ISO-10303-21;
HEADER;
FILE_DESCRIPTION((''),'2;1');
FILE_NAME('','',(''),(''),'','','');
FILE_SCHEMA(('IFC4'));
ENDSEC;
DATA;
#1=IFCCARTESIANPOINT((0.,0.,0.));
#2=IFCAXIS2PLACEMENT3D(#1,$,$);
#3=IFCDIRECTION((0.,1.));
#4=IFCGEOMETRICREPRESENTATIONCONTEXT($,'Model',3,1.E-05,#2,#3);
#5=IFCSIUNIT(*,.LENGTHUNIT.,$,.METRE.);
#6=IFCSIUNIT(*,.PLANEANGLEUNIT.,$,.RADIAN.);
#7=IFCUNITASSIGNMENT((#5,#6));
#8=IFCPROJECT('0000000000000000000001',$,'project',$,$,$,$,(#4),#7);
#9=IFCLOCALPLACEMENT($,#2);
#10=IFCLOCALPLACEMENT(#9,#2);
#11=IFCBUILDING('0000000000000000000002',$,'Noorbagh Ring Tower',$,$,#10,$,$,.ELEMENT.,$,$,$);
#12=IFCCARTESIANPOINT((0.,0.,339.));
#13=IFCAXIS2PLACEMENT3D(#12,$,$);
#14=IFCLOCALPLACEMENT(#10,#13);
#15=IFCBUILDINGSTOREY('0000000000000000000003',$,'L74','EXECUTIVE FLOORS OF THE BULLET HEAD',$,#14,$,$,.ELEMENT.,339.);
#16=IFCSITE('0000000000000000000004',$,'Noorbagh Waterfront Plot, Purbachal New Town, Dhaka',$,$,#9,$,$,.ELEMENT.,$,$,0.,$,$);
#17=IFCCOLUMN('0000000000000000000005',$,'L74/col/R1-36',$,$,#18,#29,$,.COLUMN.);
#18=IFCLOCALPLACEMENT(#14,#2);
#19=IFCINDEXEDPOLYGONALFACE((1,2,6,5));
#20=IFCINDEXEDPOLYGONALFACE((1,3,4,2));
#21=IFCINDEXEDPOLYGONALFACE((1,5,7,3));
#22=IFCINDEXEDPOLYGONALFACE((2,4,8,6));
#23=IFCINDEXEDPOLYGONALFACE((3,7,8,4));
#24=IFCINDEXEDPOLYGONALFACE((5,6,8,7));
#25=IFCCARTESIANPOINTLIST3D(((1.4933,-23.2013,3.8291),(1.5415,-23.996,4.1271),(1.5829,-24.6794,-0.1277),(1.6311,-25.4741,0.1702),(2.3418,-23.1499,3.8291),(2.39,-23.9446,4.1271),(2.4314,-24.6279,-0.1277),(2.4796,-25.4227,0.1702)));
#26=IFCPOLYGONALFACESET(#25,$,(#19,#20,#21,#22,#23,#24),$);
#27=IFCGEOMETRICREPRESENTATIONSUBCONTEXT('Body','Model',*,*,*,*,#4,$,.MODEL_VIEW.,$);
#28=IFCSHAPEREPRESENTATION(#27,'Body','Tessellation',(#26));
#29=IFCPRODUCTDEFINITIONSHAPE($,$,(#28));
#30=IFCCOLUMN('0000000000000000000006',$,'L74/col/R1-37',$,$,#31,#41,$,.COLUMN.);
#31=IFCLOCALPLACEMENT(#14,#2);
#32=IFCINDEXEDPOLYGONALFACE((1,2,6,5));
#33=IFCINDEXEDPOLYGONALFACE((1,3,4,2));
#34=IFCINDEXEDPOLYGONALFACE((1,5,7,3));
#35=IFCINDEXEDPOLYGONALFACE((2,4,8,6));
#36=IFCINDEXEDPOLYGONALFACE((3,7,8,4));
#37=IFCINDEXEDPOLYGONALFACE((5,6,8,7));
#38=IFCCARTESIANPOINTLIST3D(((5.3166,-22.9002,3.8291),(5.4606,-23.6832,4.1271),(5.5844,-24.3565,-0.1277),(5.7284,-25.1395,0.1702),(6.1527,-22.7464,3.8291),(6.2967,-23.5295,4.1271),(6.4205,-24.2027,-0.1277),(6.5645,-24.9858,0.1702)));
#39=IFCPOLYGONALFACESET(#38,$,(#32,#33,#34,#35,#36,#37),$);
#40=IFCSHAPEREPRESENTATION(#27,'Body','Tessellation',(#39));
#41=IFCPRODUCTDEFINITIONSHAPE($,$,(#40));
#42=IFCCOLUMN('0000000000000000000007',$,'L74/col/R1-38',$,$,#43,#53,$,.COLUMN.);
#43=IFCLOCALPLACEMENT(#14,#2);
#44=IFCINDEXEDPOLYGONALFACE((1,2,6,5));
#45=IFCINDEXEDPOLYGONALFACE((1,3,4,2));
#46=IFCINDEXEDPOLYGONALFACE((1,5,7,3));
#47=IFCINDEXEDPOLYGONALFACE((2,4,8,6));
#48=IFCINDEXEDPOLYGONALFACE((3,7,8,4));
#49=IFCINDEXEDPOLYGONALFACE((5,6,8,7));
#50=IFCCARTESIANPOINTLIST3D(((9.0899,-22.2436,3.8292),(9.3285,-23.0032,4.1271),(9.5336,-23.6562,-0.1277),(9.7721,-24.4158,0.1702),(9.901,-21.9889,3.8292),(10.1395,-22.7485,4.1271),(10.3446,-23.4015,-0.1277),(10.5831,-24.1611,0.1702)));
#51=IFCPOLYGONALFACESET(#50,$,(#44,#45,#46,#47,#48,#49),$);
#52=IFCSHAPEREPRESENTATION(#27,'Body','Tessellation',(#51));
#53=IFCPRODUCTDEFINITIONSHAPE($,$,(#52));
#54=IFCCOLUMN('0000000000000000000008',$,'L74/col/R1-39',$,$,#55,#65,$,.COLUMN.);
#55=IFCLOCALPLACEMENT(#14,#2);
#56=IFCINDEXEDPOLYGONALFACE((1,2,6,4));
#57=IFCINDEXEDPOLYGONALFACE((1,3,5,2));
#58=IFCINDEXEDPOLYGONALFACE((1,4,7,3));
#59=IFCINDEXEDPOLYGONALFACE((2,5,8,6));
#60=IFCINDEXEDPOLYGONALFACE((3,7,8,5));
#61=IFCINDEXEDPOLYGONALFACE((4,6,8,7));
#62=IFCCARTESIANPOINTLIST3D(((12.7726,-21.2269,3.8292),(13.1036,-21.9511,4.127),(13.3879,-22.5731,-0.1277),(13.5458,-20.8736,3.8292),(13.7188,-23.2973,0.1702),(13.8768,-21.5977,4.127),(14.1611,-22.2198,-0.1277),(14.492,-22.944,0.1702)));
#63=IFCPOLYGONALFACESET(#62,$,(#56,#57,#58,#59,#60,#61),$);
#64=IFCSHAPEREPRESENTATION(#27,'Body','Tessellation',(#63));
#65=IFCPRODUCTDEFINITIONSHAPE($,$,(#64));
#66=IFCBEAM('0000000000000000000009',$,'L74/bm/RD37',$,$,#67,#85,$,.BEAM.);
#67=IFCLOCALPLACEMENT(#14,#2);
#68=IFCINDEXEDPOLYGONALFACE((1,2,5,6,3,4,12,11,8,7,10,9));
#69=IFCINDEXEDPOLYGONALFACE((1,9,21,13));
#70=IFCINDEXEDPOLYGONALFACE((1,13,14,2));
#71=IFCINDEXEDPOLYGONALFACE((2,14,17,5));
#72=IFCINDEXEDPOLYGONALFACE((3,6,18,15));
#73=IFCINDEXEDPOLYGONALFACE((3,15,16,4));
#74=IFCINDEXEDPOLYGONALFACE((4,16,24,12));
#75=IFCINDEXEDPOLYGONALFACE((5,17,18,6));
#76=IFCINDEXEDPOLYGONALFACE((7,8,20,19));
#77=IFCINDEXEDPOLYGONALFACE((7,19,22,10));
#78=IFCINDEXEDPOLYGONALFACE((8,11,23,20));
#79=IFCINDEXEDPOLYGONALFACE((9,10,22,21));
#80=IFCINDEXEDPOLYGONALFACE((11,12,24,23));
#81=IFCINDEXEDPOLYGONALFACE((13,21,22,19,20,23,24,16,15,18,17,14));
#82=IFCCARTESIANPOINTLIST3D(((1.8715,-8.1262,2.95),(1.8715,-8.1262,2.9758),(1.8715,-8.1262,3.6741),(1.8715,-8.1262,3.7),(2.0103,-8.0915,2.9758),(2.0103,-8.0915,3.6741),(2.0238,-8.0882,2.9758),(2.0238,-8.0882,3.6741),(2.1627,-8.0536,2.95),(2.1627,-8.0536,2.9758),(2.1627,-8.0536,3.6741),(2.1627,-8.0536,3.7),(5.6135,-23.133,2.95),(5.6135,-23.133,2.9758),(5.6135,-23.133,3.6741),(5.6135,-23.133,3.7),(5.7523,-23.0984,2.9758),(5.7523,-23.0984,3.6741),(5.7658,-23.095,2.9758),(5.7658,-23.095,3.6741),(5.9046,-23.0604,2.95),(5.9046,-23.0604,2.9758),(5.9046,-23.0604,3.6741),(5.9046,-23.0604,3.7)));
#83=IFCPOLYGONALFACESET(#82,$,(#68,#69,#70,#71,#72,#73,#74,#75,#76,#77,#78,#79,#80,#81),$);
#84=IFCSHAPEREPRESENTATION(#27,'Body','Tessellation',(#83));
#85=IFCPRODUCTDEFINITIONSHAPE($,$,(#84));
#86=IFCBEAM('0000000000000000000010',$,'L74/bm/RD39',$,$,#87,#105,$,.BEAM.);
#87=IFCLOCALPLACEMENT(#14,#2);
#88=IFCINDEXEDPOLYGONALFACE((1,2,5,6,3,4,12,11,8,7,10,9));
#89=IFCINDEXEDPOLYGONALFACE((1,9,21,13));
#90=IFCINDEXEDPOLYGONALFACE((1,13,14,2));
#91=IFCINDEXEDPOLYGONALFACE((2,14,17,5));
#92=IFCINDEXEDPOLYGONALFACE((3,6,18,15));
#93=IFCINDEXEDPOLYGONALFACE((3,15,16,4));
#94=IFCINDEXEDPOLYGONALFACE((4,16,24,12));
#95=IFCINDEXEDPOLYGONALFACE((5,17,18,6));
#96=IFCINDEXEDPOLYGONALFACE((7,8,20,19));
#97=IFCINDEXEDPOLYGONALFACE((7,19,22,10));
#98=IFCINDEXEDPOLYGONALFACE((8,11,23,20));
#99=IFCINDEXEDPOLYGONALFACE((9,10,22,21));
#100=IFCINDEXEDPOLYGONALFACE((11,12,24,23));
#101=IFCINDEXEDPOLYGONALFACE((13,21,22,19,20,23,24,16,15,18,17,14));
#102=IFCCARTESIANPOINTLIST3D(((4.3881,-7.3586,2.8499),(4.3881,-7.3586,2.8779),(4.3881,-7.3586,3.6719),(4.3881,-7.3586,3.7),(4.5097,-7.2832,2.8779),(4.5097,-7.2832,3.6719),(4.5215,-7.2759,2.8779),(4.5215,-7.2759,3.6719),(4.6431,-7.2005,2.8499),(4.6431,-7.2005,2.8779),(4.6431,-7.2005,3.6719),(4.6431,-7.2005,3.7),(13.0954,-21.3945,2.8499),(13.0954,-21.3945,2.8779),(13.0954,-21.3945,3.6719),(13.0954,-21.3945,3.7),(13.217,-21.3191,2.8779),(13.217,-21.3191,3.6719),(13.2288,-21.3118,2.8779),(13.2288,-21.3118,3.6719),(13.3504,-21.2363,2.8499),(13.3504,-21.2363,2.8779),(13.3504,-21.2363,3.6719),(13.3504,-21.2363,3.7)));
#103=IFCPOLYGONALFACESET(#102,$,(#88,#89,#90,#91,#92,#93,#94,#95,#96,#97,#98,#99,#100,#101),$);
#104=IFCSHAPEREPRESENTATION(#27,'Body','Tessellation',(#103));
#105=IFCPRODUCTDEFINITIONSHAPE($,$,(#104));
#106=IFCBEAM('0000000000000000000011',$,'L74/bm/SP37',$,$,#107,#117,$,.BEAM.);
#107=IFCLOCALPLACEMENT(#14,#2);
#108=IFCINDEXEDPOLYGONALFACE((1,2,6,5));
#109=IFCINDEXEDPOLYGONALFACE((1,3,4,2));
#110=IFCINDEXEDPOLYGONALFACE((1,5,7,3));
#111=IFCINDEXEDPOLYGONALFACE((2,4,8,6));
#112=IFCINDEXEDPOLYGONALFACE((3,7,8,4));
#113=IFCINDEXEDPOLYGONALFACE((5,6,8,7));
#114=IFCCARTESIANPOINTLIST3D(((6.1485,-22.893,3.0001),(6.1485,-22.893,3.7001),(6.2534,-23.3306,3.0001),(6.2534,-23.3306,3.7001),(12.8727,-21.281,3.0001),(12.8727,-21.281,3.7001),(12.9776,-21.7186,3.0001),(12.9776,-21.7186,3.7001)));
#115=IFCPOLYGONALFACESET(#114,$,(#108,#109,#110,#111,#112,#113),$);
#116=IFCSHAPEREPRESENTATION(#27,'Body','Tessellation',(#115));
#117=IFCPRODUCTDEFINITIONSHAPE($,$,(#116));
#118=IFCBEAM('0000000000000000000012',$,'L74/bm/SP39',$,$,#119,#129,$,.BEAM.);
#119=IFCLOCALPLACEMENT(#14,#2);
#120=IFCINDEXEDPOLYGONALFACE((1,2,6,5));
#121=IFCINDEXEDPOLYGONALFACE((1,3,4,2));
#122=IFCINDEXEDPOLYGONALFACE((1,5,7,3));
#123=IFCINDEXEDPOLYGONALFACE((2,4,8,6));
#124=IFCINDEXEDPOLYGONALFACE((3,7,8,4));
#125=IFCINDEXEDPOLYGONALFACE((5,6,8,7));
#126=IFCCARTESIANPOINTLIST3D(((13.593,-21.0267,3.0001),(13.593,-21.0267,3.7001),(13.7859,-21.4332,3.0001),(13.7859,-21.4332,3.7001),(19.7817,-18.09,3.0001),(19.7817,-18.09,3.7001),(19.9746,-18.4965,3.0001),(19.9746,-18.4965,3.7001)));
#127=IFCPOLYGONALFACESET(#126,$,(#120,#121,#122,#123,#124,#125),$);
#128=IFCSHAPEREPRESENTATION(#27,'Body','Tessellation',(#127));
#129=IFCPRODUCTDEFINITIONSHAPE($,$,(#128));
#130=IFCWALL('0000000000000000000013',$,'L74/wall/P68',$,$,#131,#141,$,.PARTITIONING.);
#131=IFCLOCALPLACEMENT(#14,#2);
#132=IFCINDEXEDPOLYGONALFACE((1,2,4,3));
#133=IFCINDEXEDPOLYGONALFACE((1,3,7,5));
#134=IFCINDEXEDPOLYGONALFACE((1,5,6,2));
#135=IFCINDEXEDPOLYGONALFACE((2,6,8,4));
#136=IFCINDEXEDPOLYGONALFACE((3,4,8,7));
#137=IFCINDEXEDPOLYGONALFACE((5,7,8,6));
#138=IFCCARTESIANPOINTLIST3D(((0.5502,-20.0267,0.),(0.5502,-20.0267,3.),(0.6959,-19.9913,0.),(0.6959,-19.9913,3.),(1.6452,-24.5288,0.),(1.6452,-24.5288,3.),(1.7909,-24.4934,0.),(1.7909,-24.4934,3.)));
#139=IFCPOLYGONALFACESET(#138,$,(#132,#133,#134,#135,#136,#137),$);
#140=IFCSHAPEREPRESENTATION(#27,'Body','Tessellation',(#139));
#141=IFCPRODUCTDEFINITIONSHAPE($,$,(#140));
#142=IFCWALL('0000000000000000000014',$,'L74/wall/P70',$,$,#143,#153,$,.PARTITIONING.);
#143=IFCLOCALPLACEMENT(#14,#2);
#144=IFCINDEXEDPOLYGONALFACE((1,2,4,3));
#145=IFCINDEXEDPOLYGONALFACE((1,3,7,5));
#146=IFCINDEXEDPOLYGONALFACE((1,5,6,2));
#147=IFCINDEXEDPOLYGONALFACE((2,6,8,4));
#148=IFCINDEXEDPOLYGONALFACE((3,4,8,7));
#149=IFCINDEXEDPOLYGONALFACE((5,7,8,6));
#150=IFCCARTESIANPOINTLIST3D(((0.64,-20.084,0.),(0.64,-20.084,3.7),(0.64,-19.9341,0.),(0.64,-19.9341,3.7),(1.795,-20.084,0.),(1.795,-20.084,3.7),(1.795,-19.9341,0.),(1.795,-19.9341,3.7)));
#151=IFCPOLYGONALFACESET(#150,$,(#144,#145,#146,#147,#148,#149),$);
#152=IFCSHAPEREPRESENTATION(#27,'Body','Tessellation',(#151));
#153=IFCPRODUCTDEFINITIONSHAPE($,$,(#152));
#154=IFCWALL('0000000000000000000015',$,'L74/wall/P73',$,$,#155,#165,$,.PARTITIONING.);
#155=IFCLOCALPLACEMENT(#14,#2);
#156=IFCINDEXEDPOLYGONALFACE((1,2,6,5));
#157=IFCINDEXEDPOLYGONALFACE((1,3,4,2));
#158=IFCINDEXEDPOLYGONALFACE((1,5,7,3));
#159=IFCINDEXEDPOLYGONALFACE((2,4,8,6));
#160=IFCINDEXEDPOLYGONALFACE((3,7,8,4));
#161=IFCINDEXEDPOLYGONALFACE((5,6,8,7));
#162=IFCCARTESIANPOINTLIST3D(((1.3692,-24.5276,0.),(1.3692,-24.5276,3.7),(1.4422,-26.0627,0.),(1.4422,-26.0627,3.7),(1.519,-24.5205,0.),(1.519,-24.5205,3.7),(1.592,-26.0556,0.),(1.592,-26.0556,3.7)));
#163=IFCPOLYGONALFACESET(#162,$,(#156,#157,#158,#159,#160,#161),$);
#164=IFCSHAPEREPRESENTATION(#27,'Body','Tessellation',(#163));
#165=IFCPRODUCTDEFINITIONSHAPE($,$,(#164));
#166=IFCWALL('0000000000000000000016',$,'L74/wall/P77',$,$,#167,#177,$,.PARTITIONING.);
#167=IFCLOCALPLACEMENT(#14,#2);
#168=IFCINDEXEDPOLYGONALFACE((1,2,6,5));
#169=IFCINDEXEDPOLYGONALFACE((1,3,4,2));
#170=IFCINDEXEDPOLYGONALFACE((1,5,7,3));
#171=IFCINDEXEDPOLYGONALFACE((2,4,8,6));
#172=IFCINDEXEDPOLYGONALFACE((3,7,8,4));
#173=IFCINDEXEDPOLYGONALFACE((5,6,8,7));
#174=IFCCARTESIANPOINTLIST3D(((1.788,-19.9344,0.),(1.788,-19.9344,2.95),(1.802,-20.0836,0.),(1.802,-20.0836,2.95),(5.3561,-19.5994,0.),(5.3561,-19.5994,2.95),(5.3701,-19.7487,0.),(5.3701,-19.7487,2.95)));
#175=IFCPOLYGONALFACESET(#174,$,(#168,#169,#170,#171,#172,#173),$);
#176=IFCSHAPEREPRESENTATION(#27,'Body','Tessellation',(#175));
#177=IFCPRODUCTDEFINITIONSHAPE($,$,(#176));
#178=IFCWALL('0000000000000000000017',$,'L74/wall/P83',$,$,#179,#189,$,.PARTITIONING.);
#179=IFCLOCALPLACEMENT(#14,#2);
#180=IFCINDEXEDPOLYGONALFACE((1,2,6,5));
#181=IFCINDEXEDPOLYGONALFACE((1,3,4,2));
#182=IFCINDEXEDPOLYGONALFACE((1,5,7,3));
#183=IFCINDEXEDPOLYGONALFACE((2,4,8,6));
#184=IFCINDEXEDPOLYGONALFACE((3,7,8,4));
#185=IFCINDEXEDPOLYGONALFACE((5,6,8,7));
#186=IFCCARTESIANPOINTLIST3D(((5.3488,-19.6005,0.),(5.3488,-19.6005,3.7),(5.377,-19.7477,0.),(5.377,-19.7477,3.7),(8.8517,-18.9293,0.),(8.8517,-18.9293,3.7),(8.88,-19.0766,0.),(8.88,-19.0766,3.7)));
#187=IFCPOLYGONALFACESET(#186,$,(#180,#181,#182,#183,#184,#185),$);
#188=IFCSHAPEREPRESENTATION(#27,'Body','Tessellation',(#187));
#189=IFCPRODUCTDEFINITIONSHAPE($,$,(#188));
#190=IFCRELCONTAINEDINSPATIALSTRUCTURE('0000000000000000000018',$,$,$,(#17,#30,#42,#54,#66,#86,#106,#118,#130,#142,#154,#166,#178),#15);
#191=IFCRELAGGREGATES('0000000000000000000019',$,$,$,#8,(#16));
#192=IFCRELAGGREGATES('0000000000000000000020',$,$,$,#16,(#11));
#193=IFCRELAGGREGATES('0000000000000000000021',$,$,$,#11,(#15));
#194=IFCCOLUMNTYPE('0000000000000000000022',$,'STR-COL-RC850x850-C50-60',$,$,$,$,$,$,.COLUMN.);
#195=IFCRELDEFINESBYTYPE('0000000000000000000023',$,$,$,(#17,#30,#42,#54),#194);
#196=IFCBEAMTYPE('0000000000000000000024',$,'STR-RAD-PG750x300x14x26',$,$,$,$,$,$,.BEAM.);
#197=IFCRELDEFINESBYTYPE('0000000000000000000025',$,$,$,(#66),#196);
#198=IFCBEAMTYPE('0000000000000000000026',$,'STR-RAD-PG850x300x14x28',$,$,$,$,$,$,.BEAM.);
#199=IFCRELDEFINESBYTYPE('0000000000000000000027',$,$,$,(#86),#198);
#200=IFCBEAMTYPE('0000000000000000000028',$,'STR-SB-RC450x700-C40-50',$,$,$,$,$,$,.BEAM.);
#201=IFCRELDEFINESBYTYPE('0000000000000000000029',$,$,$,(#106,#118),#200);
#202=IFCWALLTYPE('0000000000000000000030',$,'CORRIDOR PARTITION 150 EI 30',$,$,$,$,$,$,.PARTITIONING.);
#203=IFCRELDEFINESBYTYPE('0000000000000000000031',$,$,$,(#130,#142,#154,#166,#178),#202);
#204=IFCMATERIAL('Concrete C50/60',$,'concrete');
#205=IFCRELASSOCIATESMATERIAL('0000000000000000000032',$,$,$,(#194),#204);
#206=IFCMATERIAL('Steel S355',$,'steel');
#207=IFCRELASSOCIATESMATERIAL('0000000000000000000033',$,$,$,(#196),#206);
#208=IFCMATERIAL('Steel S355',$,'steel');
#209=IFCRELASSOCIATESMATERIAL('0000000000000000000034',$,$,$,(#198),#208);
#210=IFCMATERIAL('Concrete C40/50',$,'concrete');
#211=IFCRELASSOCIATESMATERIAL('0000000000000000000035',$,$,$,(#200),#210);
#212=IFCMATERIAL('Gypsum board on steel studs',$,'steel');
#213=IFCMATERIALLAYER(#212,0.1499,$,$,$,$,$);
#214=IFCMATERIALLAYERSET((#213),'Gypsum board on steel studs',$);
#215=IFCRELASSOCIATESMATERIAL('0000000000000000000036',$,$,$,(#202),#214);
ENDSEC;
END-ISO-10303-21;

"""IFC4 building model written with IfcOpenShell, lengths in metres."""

from ifc_helpers import new_model, si_unit, direction, frame, frame_2d, origin, origin_2d, place, context, subcontext, project, spatial, rectangle, i_section, extrude, material, layer, layer_set, material_profile, profile_set, type_object, element, save


model = new_model("IFC4")

# Units and contexts
model_context = context("Model", 3, precision=1e-05, world=origin(), true_north=direction((0.0, 1.0)))
body_context = subcontext(model_context, "Body", "Model", "MODEL_VIEW")
ifc_project = project(units=[si_unit("LENGTHUNIT", "METRE"), si_unit("PLANEANGLEUNIT", "RADIAN")], contexts=[model_context])

# Site, building, storey
site_placement = place(None, origin())
site = spatial("IfcSite", under=ifc_project, at=site_placement, Name="Noorbagh Waterfront Plot, Purbachal New Town, Dhaka", CompositionType="ELEMENT", RefElevation=0.0)
building_placement = place(site_placement, origin())
building = spatial("IfcBuilding", under=site, at=building_placement, Name="Noorbagh Ring Tower", CompositionType="ELEMENT")
storey_placement = place(building_placement, frame((0.0, 0.0, 339.0)))
storey = spatial("IfcBuildingStorey", under=building, at=storey_placement, Name="L74", Description="EXECUTIVE FLOORS OF THE BULLET HEAD", CompositionType="ELEMENT", Elevation=339.0)

# Columns
ifc_material_1 = material(Name="Concrete C50/60", Category="concrete")
ifc_material_profile_1 = material_profile(ifc_material_1, rectangle(XDim=0.8501, YDim=0.8501, at=origin_2d()), Name="RC850x850")
ifc_profile_set_1 = profile_set([ifc_material_profile_1], Name="Concrete C50/60")
column_type = type_object("IfcColumnType", Name="STR-COL-RC850x850-C50-60", PredefinedType="COLUMN", material=ifc_profile_set_1)
for number, where, z_axis, x_axis, name in (
    (1, (2.0312, -25.051, 0.0212), (-0.021208, 0.349847, 0.936567), (-0.998168, -0.06051, 0.0), "L74/col/R1-36"),
    (2, (6.0745, -24.6711, 0.0212), (-0.063393, 0.344705, 0.936568), (-0.983506, -0.180873, 0.0), "L74/col/R1-37"),
    (3, (10.0583, -23.9087, 0.0212), (-0.105002, 0.334364, 0.936577), (-0.954062, -0.299608, 0.0), "L74/col/R1-38"),
):
    element("IfcColumn", number, at=place(storey_placement, frame(where, z_axis=z_axis, x_axis=x_axis)), inside=storey, type_object=column_type, Name=name, PredefinedType="COLUMN", context=body_context, shape_type="SweptSolid", body=[
        extrude(rectangle(XDim=0.8501, YDim=0.8501, at=origin_2d()), origin(), (0.0, 0.0, 1.0), 4.2249),
    ])
column_placement = place(storey_placement, frame((13.9399, -22.7585, 0.0212), z_axis=(-0.145633, 0.318658, 0.936615), x_axis=(-0.909517, -0.415666, 0.0)))
element("IfcColumn", 4, at=column_placement, inside=storey, type_object=column_type, Name="L74/col/R1-39", PredefinedType="COLUMN", context=body_context, shape_type="SweptSolid", body=[
    extrude(rectangle(XDim=0.8501, YDim=0.8501, at=origin_2d()), origin(), (0.0, 0.0, 1.0), 4.2246),
])

# Beams
ifc_material_2 = material(Name="Steel S355", Category="steel")
ifc_material_profile_2 = material_profile(ifc_material_2, i_section(OverallWidth=0.3, OverallDepth=0.75, WebThickness=0.0139, FlangeThickness=0.0259, at=origin_2d()), Name="PG750x300x14x26")
ifc_profile_set_2 = profile_set([ifc_material_profile_2], Name="Steel S355")
beam_type_1 = type_object("IfcBeamType", Name="STR-RAD-PG750x300x14x26", PredefinedType="BEAM", material=ifc_profile_set_2)
beam_1_placement = place(storey_placement, frame((5.759, -23.0967, 3.325), z_axis=(-0.241941, 0.970291, 0.0), x_axis=(-0.970291, -0.241941, 0.0)))
element("IfcBeam", 5, at=beam_1_placement, inside=storey, type_object=beam_type_1, Name="L74/bm/RD37", PredefinedType="BEAM", context=body_context, shape_type="SweptSolid", body=[
    extrude(i_section(OverallWidth=0.3, OverallDepth=0.75, WebThickness=0.0139, FlangeThickness=0.0259, at=origin_2d()), origin(), (0.0, 0.0, 1.0), 15.4663),
])
ifc_material_3 = material(Name="Steel S355", Category="steel")
ifc_material_profile_3 = material_profile(ifc_material_3, i_section(OverallWidth=0.3, OverallDepth=0.8501, WebThickness=0.0139, FlangeThickness=0.0281, at=origin_2d()), Name="PG850x300x14x28")
ifc_profile_set_3 = profile_set([ifc_material_profile_3], Name="Steel S355")
beam_type_2 = type_object("IfcBeamType", Name="STR-RAD-PG850x300x14x28", PredefinedType="BEAM", material=ifc_profile_set_3)
beam_2_placement = place(storey_placement, frame((13.2229, -21.3154, 3.2749), z_axis=(-0.527159, 0.849766, 0.0), x_axis=(-0.849766, -0.527159, 0.0)))
element("IfcBeam", 6, at=beam_2_placement, inside=storey, type_object=beam_type_2, Name="L74/bm/RD39", PredefinedType="BEAM", context=body_context, shape_type="SweptSolid", body=[
    extrude(i_section(OverallWidth=0.3, OverallDepth=0.8501, WebThickness=0.0139, FlangeThickness=0.0281, at=origin_2d()), origin(), (0.0, 0.0, 1.0), 16.5173),
])
ifc_material_4 = material(Name="Concrete C40/50", Category="concrete")
ifc_material_profile_4 = material_profile(ifc_material_4, rectangle(XDim=0.45, YDim=0.7, at=origin_2d()), Name="RC450x700")
ifc_profile_set_4 = profile_set([ifc_material_profile_4], Name="Concrete C40/50")
beam_type_3 = type_object("IfcBeamType", Name="STR-SB-RC450x700-C40-50", PredefinedType="BEAM", material=ifc_profile_set_4)
beam_3_placement = place(storey_placement, frame((6.2009, -23.1118, 3.3501), z_axis=(0.972446, 0.233129, 0.0), x_axis=(-0.233129, 0.972446, 0.0)))
element("IfcBeam", 7, at=beam_3_placement, inside=storey, type_object=beam_type_3, Name="L74/bm/SP37", PredefinedType="BEAM", context=body_context, shape_type="SweptSolid", body=[
    extrude(rectangle(XDim=0.45, YDim=0.7, at=origin_2d()), origin(), (0.0, 0.0, 1.0), 6.9148),
])
beam_4_placement = place(storey_placement, frame((13.6895, -21.23, 3.3501), z_axis=(0.90344, 0.428714, 0.0), x_axis=(-0.428714, 0.90344, 0.0)))
element("IfcBeam", 8, at=beam_4_placement, inside=storey, type_object=beam_type_3, Name="L74/bm/SP39", PredefinedType="BEAM", context=body_context, shape_type="SweptSolid", body=[
    extrude(rectangle(XDim=0.45, YDim=0.7, at=origin_2d()), origin(), (0.0, 0.0, 1.0), 6.8501),
])

# Walls
ifc_material_5 = material(Name="Gypsum board on steel studs", Category="steel")
ifc_layer_1 = layer(ifc_material_5, 0.1499)
ifc_layer_set_1 = layer_set([ifc_layer_1], Name="Gypsum board on steel studs")
wall_type_1 = type_object("IfcWallType", Name="CORRIDOR PARTITION 150 EI 30", PredefinedType="PARTITIONING", material=ifc_layer_set_1)
wall_1_placement = place(storey_placement, frame((0.623, -20.009, 0.0), z_axis=(0.0, 0.0, 1.0), x_axis=(0.236331, -0.971673, 0.0)))
element("IfcWall", 9, at=wall_1_placement, inside=storey, type_object=wall_type_1, Name="L74/wall/P68", PredefinedType="PARTITIONING", context=body_context, shape_type="SweptSolid", body=[
    extrude(rectangle(XDim=4.6333, YDim=0.1499, at=frame_2d((2.3167, 0.0))), origin(), (0.0, 0.0, 1.0), 3.0),
])
wall_2_placement = place(storey_placement, frame((0.6399, -20.009, 0.0), z_axis=(0.0, 0.0, 1.0), x_axis=(1.0, 0.0, 0.0)))
element("IfcWall", 10, at=wall_2_placement, inside=storey, type_object=wall_type_1, Name="L74/wall/P70", PredefinedType="PARTITIONING", context=body_context, shape_type="SweptSolid", body=[
    extrude(rectangle(XDim=1.155, YDim=0.1499, at=frame_2d((0.5776, 0.0))), origin(), (0.0, 0.0, 1.0), 3.7),
])
wall_3_placement = place(storey_placement, frame((1.4441, -24.5239, 0.0), z_axis=(0.0, 0.0, 1.0), x_axis=(0.047497, -0.998871, 0.0)))
element("IfcWall", 11, at=wall_3_placement, inside=storey, type_object=wall_type_1, Name="L74/wall/P73", PredefinedType="PARTITIONING", context=body_context, shape_type="SweptSolid", body=[
    extrude(rectangle(XDim=1.5369, YDim=0.1499, at=frame_2d((0.7686, 0.0))), origin(), (0.0, 0.0, 1.0), 3.7),
])
wall_4_placement = place(storey_placement, frame((1.7949, -20.009, 0.0), z_axis=(0.0, 0.0, 1.0), x_axis=(0.995623, 0.093465, 0.0)))
element("IfcWall", 12, at=wall_4_placement, inside=storey, type_object=wall_type_1, Name="L74/wall/P77", PredefinedType="PARTITIONING", context=body_context, shape_type="SweptSolid", body=[
    extrude(rectangle(XDim=3.5837, YDim=0.1499, at=frame_2d((1.792, 0.0))), origin(), (0.0, 0.0, 1.0), 2.95),
])
wall_5_placement = place(storey_placement, frame((5.363, -19.6741, 0.0), z_axis=(0.0, 0.0, 1.0), x_axis=(0.982136, 0.188172, 0.0)))
element("IfcWall", 13, at=wall_5_placement, inside=storey, type_object=wall_type_1, Name="L74/wall/P83", PredefinedType="PARTITIONING", context=body_context, shape_type="SweptSolid", body=[
    extrude(rectangle(XDim=3.5667, YDim=0.1499, at=frame_2d((1.7832, 0.0))), origin(), (0.0, 0.0, 1.0), 3.7),
])

save(model, "model.ifc")
